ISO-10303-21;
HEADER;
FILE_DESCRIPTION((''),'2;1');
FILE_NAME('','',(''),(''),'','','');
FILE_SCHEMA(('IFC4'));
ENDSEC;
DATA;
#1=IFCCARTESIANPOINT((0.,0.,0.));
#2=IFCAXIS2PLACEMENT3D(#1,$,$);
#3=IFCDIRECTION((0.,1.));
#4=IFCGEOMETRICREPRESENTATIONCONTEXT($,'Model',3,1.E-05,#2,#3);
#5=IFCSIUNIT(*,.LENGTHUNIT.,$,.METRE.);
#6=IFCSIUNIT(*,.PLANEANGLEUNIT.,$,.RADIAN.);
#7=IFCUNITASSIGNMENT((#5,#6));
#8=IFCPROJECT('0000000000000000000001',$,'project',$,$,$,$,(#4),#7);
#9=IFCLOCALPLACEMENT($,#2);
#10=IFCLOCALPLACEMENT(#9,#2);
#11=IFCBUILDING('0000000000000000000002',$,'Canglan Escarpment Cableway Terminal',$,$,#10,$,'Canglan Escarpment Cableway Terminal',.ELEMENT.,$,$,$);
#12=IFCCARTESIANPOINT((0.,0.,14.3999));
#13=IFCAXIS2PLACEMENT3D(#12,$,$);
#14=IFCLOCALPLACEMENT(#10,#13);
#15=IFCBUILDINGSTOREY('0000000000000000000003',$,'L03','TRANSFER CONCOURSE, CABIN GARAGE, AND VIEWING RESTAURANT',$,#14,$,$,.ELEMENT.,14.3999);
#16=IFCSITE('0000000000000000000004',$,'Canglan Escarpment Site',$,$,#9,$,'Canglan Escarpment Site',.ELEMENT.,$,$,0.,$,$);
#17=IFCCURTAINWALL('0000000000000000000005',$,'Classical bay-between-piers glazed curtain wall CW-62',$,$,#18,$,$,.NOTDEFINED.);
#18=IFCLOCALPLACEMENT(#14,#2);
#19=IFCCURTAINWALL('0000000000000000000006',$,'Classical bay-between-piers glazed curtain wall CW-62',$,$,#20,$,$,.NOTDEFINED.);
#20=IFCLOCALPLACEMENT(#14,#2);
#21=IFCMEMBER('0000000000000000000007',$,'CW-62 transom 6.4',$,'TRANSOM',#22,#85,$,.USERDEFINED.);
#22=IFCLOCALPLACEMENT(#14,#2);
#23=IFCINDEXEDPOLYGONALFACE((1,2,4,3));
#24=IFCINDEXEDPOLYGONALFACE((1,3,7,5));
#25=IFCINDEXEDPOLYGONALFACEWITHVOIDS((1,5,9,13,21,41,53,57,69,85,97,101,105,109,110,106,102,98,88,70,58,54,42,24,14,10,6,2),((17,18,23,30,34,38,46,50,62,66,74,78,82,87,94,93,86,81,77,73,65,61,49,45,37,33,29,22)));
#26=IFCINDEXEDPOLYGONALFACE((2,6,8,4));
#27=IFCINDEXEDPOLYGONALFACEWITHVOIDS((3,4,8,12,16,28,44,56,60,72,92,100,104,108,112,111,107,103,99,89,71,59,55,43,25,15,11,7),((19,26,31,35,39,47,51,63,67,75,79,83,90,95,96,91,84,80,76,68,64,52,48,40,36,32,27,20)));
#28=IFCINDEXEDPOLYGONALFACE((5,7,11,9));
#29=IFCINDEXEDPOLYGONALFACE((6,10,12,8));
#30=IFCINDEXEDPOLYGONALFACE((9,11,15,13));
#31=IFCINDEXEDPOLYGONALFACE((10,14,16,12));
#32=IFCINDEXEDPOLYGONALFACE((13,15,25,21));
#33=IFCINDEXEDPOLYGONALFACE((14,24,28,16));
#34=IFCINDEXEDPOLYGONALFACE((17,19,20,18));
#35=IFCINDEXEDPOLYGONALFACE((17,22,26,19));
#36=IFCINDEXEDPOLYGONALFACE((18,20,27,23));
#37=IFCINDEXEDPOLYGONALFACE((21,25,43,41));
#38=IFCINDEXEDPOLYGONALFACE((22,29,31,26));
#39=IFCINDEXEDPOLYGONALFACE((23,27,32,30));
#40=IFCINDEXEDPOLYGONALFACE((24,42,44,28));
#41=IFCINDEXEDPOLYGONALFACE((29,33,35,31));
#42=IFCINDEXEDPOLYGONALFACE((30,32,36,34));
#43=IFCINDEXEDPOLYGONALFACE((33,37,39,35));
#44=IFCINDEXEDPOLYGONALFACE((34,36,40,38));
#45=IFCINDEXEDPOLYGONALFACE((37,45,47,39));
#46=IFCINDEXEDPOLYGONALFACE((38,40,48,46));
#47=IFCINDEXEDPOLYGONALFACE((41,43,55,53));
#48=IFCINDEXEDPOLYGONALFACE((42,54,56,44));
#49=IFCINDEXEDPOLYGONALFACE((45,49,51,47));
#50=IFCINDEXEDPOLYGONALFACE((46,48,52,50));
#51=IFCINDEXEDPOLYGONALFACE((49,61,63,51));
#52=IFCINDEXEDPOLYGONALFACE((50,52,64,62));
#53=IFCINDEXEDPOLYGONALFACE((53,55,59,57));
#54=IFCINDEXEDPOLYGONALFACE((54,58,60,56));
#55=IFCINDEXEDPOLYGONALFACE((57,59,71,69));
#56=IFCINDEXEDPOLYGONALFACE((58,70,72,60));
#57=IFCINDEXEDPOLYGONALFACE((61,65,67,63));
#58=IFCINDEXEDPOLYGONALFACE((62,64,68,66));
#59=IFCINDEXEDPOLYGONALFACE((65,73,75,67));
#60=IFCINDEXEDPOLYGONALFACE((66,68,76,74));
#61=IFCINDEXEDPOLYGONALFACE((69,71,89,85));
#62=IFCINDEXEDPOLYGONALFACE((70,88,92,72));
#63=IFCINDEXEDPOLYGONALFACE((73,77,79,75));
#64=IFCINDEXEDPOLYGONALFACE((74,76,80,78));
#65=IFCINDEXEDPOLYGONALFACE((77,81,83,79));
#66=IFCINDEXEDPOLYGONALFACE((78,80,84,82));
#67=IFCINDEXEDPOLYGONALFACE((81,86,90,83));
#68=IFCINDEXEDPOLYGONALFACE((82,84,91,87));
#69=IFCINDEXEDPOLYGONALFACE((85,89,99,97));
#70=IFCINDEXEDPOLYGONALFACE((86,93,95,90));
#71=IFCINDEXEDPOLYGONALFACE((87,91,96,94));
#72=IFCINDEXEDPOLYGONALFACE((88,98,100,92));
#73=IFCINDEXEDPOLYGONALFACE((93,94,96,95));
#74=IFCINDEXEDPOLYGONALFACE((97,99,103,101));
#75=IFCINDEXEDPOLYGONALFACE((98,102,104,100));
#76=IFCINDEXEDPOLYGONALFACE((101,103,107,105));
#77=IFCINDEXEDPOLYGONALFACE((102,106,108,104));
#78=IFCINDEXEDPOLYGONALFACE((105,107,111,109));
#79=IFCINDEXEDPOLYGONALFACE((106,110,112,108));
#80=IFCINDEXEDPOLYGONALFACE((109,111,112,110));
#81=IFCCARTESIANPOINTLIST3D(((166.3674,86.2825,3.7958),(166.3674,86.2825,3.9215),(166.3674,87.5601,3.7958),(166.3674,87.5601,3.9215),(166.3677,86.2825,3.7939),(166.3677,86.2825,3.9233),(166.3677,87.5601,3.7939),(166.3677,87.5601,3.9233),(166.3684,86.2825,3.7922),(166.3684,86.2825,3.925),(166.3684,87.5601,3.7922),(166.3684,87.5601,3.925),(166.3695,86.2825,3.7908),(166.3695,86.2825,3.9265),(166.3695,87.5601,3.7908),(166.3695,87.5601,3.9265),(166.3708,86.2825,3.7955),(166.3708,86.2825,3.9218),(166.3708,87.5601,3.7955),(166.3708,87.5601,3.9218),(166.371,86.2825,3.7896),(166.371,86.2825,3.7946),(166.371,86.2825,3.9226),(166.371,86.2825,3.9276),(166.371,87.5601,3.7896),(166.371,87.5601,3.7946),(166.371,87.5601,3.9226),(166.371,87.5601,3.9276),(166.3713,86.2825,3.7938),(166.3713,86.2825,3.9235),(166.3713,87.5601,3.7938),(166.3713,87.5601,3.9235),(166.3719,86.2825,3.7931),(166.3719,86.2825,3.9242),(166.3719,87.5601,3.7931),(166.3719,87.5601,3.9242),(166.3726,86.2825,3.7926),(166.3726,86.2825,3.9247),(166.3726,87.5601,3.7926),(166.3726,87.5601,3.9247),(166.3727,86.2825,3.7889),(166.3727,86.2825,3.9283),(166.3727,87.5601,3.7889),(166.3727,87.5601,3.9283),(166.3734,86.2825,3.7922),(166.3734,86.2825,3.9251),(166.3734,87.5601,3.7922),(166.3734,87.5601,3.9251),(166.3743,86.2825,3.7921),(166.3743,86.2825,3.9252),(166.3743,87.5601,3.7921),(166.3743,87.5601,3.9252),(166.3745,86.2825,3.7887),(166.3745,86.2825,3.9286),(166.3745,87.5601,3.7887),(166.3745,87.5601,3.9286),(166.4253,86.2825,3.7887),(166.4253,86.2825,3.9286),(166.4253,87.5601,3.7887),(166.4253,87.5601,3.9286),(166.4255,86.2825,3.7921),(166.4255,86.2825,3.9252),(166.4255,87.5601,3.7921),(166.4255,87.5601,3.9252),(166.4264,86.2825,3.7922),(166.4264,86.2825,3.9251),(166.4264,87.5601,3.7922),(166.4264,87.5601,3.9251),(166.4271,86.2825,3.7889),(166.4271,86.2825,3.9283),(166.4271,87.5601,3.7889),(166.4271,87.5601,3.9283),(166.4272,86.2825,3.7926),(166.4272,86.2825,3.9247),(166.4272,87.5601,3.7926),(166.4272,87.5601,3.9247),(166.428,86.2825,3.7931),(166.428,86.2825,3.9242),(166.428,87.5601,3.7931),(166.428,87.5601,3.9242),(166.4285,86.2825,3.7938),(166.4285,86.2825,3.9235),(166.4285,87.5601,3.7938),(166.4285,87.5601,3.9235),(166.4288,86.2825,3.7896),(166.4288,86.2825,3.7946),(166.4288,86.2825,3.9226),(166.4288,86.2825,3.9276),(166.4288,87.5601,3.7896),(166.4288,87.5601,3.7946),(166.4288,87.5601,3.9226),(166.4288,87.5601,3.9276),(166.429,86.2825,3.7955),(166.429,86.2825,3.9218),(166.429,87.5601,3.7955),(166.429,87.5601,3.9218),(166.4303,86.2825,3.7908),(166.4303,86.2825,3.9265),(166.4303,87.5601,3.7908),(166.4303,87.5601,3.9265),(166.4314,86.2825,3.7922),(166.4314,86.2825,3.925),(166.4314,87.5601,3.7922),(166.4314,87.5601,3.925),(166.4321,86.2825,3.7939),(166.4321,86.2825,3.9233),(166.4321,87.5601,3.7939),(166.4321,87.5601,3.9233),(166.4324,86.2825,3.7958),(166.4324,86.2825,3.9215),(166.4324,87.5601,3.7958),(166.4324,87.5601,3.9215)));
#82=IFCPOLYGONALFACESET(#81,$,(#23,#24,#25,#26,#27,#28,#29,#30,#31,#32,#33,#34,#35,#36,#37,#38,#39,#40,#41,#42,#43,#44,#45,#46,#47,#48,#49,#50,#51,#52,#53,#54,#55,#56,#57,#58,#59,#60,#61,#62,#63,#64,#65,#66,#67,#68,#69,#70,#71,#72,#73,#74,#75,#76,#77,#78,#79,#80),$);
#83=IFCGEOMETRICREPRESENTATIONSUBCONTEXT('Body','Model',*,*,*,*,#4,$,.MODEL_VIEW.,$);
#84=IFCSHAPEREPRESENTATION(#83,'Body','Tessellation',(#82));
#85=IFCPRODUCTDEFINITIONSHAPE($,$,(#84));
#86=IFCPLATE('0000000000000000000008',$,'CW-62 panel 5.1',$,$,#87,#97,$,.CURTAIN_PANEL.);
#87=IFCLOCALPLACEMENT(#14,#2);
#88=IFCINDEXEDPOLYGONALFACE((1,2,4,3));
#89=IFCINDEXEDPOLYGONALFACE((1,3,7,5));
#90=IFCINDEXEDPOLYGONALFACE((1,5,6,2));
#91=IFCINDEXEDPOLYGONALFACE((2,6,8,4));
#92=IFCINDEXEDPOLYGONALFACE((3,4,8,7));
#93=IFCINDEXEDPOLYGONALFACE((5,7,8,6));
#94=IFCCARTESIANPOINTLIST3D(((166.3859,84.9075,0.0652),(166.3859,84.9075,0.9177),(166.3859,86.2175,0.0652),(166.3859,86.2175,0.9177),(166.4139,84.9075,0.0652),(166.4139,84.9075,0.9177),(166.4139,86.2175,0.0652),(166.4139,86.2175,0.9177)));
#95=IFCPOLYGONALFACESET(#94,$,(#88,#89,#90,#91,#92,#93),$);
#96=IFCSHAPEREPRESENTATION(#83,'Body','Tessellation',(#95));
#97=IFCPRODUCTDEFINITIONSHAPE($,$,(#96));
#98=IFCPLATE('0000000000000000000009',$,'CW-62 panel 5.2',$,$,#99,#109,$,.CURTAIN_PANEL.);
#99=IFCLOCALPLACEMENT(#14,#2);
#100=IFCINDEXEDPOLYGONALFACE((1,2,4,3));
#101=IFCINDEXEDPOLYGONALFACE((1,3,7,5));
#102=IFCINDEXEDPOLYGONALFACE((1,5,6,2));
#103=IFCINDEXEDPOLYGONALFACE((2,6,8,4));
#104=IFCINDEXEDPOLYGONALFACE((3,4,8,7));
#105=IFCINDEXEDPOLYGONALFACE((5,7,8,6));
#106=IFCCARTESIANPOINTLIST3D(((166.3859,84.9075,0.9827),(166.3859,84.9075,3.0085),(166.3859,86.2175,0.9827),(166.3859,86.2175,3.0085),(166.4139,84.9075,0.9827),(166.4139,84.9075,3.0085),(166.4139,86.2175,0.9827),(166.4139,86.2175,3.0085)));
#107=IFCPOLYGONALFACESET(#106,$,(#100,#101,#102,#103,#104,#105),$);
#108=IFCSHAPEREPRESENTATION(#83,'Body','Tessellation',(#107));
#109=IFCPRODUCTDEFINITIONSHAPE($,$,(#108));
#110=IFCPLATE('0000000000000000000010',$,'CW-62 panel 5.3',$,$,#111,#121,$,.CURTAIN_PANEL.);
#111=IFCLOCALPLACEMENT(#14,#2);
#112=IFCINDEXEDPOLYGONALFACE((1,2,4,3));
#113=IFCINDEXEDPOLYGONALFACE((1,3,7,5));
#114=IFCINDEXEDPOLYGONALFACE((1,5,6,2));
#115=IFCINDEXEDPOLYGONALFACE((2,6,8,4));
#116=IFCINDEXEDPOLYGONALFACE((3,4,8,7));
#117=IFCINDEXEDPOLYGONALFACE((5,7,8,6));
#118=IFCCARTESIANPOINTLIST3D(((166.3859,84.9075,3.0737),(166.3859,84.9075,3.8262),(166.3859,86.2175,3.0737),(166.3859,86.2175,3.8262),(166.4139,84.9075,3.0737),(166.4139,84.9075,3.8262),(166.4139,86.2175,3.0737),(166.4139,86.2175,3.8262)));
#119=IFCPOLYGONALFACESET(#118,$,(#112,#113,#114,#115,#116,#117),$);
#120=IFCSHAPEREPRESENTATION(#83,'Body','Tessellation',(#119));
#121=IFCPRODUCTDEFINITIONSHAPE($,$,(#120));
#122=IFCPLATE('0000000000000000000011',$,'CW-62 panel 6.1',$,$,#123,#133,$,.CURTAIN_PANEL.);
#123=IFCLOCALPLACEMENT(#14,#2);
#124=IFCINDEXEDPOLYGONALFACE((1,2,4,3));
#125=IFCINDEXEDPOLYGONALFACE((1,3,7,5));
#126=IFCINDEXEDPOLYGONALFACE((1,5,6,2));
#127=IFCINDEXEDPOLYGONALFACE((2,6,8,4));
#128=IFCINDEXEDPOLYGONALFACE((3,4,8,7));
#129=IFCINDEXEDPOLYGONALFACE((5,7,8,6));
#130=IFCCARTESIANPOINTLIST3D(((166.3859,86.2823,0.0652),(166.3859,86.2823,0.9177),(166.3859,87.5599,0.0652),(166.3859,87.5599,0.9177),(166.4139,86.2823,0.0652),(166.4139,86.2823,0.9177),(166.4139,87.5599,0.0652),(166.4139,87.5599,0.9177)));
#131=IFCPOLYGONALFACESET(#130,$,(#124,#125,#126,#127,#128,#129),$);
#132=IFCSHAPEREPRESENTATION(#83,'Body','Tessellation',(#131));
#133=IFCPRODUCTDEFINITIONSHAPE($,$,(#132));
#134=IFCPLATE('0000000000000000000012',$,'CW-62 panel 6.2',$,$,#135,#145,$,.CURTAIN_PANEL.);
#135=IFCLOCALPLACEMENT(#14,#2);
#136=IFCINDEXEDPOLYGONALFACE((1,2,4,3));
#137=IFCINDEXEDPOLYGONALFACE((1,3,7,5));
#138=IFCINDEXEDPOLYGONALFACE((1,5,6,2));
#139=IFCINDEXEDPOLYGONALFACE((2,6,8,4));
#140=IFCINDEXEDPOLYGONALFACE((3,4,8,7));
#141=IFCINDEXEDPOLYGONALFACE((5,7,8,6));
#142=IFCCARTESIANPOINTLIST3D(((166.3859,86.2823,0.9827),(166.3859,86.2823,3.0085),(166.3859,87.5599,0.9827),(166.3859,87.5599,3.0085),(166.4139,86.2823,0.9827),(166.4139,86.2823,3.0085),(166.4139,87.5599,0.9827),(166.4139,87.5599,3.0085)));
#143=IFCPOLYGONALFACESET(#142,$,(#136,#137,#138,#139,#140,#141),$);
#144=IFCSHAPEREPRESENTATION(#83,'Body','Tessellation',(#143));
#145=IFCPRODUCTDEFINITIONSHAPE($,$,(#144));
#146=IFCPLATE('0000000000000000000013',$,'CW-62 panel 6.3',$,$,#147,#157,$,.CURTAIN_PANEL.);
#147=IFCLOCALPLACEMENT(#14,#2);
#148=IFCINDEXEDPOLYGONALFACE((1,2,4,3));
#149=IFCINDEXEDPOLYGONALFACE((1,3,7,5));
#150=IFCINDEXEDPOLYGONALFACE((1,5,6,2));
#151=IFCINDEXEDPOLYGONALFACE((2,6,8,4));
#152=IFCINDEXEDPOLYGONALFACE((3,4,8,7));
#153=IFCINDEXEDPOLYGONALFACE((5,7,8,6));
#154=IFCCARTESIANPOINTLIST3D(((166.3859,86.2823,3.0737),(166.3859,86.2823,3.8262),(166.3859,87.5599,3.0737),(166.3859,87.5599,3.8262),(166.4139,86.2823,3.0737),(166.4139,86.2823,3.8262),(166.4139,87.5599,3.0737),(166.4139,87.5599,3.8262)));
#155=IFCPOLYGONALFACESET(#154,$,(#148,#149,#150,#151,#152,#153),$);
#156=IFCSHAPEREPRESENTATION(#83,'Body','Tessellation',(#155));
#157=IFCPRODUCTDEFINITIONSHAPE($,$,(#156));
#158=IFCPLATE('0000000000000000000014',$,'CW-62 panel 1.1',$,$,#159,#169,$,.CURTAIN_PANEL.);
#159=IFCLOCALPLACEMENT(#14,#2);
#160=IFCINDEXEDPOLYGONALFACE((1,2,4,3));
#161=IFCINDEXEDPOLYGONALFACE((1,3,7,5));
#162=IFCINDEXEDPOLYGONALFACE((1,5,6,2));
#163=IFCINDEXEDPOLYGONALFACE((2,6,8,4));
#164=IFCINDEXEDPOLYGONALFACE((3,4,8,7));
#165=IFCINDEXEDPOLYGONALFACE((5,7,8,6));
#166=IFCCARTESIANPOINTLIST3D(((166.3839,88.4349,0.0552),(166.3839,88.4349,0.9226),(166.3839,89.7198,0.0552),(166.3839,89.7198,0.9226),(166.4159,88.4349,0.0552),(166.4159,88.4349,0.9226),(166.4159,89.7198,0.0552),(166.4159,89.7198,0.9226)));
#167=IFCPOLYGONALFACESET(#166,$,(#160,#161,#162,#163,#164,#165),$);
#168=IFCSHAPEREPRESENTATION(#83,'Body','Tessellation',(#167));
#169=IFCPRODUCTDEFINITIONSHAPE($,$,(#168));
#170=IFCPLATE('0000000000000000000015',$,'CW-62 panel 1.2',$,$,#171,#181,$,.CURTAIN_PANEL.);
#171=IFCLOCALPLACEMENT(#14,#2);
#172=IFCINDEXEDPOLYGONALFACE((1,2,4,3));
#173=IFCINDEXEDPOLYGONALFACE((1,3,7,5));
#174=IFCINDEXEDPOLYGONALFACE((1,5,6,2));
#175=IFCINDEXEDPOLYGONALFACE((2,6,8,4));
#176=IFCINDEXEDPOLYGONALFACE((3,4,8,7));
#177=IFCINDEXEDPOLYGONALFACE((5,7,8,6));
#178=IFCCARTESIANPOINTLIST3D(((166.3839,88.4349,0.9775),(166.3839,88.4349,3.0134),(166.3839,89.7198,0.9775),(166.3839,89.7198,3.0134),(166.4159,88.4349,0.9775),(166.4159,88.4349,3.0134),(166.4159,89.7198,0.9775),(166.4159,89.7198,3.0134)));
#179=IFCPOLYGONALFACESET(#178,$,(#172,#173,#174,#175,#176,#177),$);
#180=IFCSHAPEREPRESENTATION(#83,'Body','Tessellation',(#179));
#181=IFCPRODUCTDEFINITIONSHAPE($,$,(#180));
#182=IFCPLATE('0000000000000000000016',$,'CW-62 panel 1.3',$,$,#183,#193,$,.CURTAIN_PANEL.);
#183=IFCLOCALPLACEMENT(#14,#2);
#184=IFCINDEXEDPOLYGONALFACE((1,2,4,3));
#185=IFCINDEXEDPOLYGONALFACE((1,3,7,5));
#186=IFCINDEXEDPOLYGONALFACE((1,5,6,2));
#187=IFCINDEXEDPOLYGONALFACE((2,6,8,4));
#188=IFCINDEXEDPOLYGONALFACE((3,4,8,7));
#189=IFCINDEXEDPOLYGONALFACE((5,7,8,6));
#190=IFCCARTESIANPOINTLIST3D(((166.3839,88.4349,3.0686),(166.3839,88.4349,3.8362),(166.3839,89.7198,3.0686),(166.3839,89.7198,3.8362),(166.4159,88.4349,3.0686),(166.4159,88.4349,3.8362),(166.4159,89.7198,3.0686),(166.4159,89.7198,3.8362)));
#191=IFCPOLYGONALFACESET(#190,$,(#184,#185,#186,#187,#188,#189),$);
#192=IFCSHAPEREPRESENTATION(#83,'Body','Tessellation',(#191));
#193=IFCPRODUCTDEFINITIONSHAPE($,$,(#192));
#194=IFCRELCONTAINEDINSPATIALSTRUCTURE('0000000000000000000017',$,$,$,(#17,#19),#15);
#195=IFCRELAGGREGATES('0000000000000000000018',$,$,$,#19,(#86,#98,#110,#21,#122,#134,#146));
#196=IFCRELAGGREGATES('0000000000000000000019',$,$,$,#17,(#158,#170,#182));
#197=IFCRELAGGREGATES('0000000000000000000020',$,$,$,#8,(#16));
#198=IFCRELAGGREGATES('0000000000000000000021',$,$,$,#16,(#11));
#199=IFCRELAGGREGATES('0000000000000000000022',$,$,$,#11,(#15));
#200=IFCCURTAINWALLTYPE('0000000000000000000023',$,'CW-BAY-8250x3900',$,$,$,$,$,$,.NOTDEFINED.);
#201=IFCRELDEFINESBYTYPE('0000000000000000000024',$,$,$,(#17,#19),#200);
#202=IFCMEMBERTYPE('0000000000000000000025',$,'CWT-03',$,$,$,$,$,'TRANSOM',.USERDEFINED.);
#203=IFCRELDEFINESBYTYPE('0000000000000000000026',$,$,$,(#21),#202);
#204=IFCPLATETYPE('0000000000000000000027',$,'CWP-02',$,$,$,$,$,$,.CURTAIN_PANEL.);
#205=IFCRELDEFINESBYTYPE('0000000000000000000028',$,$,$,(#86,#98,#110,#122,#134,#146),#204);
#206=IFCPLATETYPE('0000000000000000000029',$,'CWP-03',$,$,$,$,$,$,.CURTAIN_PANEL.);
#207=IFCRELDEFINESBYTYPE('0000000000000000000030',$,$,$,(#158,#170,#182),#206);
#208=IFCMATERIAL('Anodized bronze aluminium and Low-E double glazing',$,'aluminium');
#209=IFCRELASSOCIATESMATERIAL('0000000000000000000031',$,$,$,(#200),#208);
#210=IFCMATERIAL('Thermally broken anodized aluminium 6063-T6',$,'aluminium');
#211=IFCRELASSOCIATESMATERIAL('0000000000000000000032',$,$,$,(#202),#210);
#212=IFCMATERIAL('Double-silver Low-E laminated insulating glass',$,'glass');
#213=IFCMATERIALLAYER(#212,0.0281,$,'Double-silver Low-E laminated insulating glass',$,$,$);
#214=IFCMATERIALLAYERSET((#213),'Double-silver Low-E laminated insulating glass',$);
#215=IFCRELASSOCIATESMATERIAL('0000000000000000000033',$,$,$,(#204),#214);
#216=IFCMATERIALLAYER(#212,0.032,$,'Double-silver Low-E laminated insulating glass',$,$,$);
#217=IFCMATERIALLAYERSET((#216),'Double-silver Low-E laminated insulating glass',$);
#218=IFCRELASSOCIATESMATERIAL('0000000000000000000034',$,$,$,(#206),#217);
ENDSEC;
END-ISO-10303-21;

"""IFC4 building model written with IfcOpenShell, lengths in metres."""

from ifc_helpers import new_model, si_unit, direction, frame, origin, origin_2d, place, context, subcontext, project, spatial, rectangle, hollow_rectangle, extrude, material, layer, layer_set, material_profile, profile_set, type_object, element, aggregate, save


model = new_model("IFC4")

# Units and contexts
model_context = context("Model", 3, precision=1e-05, world=origin(), true_north=direction((0.0, 1.0)))
body_context = subcontext(model_context, "Body", "Model", "MODEL_VIEW")
ifc_project = project(units=[si_unit("LENGTHUNIT", "METRE"), si_unit("PLANEANGLEUNIT", "RADIAN")], contexts=[model_context])

# Site, building, storey
site_placement = place(None, origin())
site = spatial("IfcSite", under=ifc_project, at=site_placement, Name="Canglan Escarpment Site", LongName="Canglan Escarpment Site", CompositionType="ELEMENT", RefElevation=0.0)
building_placement = place(site_placement, origin())
building = spatial("IfcBuilding", under=site, at=building_placement, Name="Canglan Escarpment Cableway Terminal", LongName="Canglan Escarpment Cableway Terminal", CompositionType="ELEMENT")
storey_placement = place(building_placement, frame((0.0, 0.0, 14.3999)))
storey = spatial("IfcBuildingStorey", under=building, at=storey_placement, Name="L03", Description="TRANSFER CONCOURSE, CABIN GARAGE, AND VIEWING RESTAURANT", CompositionType="ELEMENT", Elevation=14.3999)

# Curtain walls
ifc_material_1 = material(Name="Anodized bronze aluminium and Low-E double glazing", Category="aluminium")
curtain_wall_type = type_object("IfcCurtainWallType", Name="CW-BAY-8250x3900", PredefinedType="NOTDEFINED", material=ifc_material_1)
curtain_wall_1_placement = place(storey_placement, origin())
curtain_wall_1 = element("IfcCurtainWall", 1, at=curtain_wall_1_placement, inside=storey, type_object=curtain_wall_type, Name="Classical bay-between-piers glazed curtain wall CW-62", PredefinedType="NOTDEFINED")
ifc_material_2 = material(Name="Thermally broken anodized aluminium 6063-T6", Category="aluminium")
curtain_wall_2_placement = place(storey_placement, origin())
curtain_wall_2 = element("IfcCurtainWall", 2, at=curtain_wall_2_placement, inside=storey, type_object=curtain_wall_type, Name="Classical bay-between-piers glazed curtain wall CW-62", PredefinedType="NOTDEFINED")

# Member
ifc_material_profile_1 = material_profile(ifc_material_2, hollow_rectangle(XDim=0.0649, YDim=0.1399, WallThickness=0.0034, InnerFilletRadius=0.0034, OuterFilletRadius=0.0071, at=origin_2d()), Name="ALU-TRAN 65x140x3.5")
ifc_profile_set_1 = profile_set([ifc_material_profile_1], Name="Thermally broken anodized aluminium 6063-T6")
member_type_1 = type_object("IfcMemberType", Name="CWT-03", ElementType="TRANSOM", PredefinedType="USERDEFINED", material=ifc_profile_set_1)
member_1_placement = place(storey_placement, frame((166.3999, 86.2825, 3.8586), z_axis=(0.0, 1.0, 0.0), x_axis=(-1.0, 0.0, 0.0)))
member_1 = element("IfcMember", 3, at=member_1_placement, type_object=member_type_1, Name="CW-62 transom 6.4", ObjectType="TRANSOM", PredefinedType="USERDEFINED", context=body_context, shape_type="SweptSolid", body=[
    extrude(hollow_rectangle(XDim=0.0649, YDim=0.1399, WallThickness=0.0034, InnerFilletRadius=0.0034, OuterFilletRadius=0.0071, at=origin_2d()), origin(), (0.0, 0.0, 1.0), 1.2776),
])

# Plates
ifc_material_3 = material(Name="Double-silver Low-E laminated insulating glass", Category="glass")
ifc_layer_1 = layer(ifc_material_3, 0.0281, Name="Double-silver Low-E laminated insulating glass")
ifc_layer_set_1 = layer_set([ifc_layer_1], Name="Double-silver Low-E laminated insulating glass")
plate_type_1 = type_object("IfcPlateType", Name="CWP-02", PredefinedType="CURTAIN_PANEL", material=ifc_layer_set_1)
plate_1_placement = place(storey_placement, frame((166.3999, 85.5625, 0.0652), z_axis=(0.0, 0.0, 1.0), x_axis=(0.0, 1.0, 0.0)))
plate_1 = element("IfcPlate", 4, at=plate_1_placement, type_object=plate_type_1, Name="CW-62 panel 5.1", PredefinedType="CURTAIN_PANEL", context=body_context, shape_type="SweptSolid", body=[
    extrude(rectangle(XDim=1.3101, YDim=0.0281, at=origin_2d()), origin(), (0.0, 0.0, 1.0), 0.8525),
])
plate_2_placement = place(storey_placement, frame((166.3999, 85.5625, 0.9827), z_axis=(0.0, 0.0, 1.0), x_axis=(0.0, 1.0, 0.0)))
plate_2 = element("IfcPlate", 5, at=plate_2_placement, type_object=plate_type_1, Name="CW-62 panel 5.2", PredefinedType="CURTAIN_PANEL", context=body_context, shape_type="SweptSolid", body=[
    extrude(rectangle(XDim=1.3101, YDim=0.0281, at=origin_2d()), origin(), (0.0, 0.0, 1.0), 2.0259),
])
plate_3_placement = place(storey_placement, frame((166.3999, 85.5625, 3.0737), z_axis=(0.0, 0.0, 1.0), x_axis=(0.0, 1.0, 0.0)))
plate_3 = element("IfcPlate", 6, at=plate_3_placement, type_object=plate_type_1, Name="CW-62 panel 5.3", PredefinedType="CURTAIN_PANEL", context=body_context, shape_type="SweptSolid", body=[
    extrude(rectangle(XDim=1.3101, YDim=0.0281, at=origin_2d()), origin(), (0.0, 0.0, 1.0), 0.7524),
])
plate_4_placement = place(storey_placement, frame((166.3999, 86.9211, 0.0652), z_axis=(0.0, 0.0, 1.0), x_axis=(0.0, 1.0, 0.0)))
plate_4 = element("IfcPlate", 7, at=plate_4_placement, type_object=plate_type_1, Name="CW-62 panel 6.1", PredefinedType="CURTAIN_PANEL", context=body_context, shape_type="SweptSolid", body=[
    extrude(rectangle(XDim=1.2776, YDim=0.0281, at=origin_2d()), origin(), (0.0, 0.0, 1.0), 0.8525),
])
plate_5_placement = place(storey_placement, frame((166.3999, 86.9211, 0.9827), z_axis=(0.0, 0.0, 1.0), x_axis=(0.0, 1.0, 0.0)))
plate_5 = element("IfcPlate", 8, at=plate_5_placement, type_object=plate_type_1, Name="CW-62 panel 6.2", PredefinedType="CURTAIN_PANEL", context=body_context, shape_type="SweptSolid", body=[
    extrude(rectangle(XDim=1.2776, YDim=0.0281, at=origin_2d()), origin(), (0.0, 0.0, 1.0), 2.0259),
])
plate_6_placement = place(storey_placement, frame((166.3999, 86.9211, 3.0737), z_axis=(0.0, 0.0, 1.0), x_axis=(0.0, 1.0, 0.0)))
plate_6 = element("IfcPlate", 9, at=plate_6_placement, type_object=plate_type_1, Name="CW-62 panel 6.3", PredefinedType="CURTAIN_PANEL", context=body_context, shape_type="SweptSolid", body=[
    extrude(rectangle(XDim=1.2776, YDim=0.0281, at=origin_2d()), origin(), (0.0, 0.0, 1.0), 0.7524),
])
aggregate(curtain_wall_2, [plate_1, plate_2, plate_3, member_1, plate_4, plate_5, plate_6])
ifc_layer_2 = layer(ifc_material_3, 0.032, Name="Double-silver Low-E laminated insulating glass")
ifc_layer_set_2 = layer_set([ifc_layer_2], Name="Double-silver Low-E laminated insulating glass")
plate_type_2 = type_object("IfcPlateType", Name="CWP-03", PredefinedType="CURTAIN_PANEL", material=ifc_layer_set_2)
plate_7_placement = place(storey_placement, frame((166.3999, 89.0774, 0.0552), z_axis=(0.0, 0.0, 1.0), x_axis=(0.0, 1.0, 0.0)))
plate_7 = element("IfcPlate", 10, at=plate_7_placement, type_object=plate_type_2, Name="CW-62 panel 1.1", PredefinedType="CURTAIN_PANEL", context=body_context, shape_type="SweptSolid", body=[
    extrude(rectangle(XDim=1.2849, YDim=0.032, at=origin_2d()), origin(), (0.0, 0.0, 1.0), 0.8674),
])
plate_8_placement = place(storey_placement, frame((166.3999, 89.0774, 0.9775), z_axis=(0.0, 0.0, 1.0), x_axis=(0.0, 1.0, 0.0)))
plate_8 = element("IfcPlate", 11, at=plate_8_placement, type_object=plate_type_2, Name="CW-62 panel 1.2", PredefinedType="CURTAIN_PANEL", context=body_context, shape_type="SweptSolid", body=[
    extrude(rectangle(XDim=1.2849, YDim=0.032, at=origin_2d()), origin(), (0.0, 0.0, 1.0), 2.0359),
])
plate_9_placement = place(storey_placement, frame((166.3999, 89.0774, 3.0686), z_axis=(0.0, 0.0, 1.0), x_axis=(0.0, 1.0, 0.0)))
plate_9 = element("IfcPlate", 12, at=plate_9_placement, type_object=plate_type_2, Name="CW-62 panel 1.3", PredefinedType="CURTAIN_PANEL", context=body_context, shape_type="SweptSolid", body=[
    extrude(rectangle(XDim=1.2849, YDim=0.032, at=origin_2d()), origin(), (0.0, 0.0, 1.0), 0.7676),
])
aggregate(curtain_wall_1, [plate_7, plate_8, plate_9])

save(model, "model.ifc")
